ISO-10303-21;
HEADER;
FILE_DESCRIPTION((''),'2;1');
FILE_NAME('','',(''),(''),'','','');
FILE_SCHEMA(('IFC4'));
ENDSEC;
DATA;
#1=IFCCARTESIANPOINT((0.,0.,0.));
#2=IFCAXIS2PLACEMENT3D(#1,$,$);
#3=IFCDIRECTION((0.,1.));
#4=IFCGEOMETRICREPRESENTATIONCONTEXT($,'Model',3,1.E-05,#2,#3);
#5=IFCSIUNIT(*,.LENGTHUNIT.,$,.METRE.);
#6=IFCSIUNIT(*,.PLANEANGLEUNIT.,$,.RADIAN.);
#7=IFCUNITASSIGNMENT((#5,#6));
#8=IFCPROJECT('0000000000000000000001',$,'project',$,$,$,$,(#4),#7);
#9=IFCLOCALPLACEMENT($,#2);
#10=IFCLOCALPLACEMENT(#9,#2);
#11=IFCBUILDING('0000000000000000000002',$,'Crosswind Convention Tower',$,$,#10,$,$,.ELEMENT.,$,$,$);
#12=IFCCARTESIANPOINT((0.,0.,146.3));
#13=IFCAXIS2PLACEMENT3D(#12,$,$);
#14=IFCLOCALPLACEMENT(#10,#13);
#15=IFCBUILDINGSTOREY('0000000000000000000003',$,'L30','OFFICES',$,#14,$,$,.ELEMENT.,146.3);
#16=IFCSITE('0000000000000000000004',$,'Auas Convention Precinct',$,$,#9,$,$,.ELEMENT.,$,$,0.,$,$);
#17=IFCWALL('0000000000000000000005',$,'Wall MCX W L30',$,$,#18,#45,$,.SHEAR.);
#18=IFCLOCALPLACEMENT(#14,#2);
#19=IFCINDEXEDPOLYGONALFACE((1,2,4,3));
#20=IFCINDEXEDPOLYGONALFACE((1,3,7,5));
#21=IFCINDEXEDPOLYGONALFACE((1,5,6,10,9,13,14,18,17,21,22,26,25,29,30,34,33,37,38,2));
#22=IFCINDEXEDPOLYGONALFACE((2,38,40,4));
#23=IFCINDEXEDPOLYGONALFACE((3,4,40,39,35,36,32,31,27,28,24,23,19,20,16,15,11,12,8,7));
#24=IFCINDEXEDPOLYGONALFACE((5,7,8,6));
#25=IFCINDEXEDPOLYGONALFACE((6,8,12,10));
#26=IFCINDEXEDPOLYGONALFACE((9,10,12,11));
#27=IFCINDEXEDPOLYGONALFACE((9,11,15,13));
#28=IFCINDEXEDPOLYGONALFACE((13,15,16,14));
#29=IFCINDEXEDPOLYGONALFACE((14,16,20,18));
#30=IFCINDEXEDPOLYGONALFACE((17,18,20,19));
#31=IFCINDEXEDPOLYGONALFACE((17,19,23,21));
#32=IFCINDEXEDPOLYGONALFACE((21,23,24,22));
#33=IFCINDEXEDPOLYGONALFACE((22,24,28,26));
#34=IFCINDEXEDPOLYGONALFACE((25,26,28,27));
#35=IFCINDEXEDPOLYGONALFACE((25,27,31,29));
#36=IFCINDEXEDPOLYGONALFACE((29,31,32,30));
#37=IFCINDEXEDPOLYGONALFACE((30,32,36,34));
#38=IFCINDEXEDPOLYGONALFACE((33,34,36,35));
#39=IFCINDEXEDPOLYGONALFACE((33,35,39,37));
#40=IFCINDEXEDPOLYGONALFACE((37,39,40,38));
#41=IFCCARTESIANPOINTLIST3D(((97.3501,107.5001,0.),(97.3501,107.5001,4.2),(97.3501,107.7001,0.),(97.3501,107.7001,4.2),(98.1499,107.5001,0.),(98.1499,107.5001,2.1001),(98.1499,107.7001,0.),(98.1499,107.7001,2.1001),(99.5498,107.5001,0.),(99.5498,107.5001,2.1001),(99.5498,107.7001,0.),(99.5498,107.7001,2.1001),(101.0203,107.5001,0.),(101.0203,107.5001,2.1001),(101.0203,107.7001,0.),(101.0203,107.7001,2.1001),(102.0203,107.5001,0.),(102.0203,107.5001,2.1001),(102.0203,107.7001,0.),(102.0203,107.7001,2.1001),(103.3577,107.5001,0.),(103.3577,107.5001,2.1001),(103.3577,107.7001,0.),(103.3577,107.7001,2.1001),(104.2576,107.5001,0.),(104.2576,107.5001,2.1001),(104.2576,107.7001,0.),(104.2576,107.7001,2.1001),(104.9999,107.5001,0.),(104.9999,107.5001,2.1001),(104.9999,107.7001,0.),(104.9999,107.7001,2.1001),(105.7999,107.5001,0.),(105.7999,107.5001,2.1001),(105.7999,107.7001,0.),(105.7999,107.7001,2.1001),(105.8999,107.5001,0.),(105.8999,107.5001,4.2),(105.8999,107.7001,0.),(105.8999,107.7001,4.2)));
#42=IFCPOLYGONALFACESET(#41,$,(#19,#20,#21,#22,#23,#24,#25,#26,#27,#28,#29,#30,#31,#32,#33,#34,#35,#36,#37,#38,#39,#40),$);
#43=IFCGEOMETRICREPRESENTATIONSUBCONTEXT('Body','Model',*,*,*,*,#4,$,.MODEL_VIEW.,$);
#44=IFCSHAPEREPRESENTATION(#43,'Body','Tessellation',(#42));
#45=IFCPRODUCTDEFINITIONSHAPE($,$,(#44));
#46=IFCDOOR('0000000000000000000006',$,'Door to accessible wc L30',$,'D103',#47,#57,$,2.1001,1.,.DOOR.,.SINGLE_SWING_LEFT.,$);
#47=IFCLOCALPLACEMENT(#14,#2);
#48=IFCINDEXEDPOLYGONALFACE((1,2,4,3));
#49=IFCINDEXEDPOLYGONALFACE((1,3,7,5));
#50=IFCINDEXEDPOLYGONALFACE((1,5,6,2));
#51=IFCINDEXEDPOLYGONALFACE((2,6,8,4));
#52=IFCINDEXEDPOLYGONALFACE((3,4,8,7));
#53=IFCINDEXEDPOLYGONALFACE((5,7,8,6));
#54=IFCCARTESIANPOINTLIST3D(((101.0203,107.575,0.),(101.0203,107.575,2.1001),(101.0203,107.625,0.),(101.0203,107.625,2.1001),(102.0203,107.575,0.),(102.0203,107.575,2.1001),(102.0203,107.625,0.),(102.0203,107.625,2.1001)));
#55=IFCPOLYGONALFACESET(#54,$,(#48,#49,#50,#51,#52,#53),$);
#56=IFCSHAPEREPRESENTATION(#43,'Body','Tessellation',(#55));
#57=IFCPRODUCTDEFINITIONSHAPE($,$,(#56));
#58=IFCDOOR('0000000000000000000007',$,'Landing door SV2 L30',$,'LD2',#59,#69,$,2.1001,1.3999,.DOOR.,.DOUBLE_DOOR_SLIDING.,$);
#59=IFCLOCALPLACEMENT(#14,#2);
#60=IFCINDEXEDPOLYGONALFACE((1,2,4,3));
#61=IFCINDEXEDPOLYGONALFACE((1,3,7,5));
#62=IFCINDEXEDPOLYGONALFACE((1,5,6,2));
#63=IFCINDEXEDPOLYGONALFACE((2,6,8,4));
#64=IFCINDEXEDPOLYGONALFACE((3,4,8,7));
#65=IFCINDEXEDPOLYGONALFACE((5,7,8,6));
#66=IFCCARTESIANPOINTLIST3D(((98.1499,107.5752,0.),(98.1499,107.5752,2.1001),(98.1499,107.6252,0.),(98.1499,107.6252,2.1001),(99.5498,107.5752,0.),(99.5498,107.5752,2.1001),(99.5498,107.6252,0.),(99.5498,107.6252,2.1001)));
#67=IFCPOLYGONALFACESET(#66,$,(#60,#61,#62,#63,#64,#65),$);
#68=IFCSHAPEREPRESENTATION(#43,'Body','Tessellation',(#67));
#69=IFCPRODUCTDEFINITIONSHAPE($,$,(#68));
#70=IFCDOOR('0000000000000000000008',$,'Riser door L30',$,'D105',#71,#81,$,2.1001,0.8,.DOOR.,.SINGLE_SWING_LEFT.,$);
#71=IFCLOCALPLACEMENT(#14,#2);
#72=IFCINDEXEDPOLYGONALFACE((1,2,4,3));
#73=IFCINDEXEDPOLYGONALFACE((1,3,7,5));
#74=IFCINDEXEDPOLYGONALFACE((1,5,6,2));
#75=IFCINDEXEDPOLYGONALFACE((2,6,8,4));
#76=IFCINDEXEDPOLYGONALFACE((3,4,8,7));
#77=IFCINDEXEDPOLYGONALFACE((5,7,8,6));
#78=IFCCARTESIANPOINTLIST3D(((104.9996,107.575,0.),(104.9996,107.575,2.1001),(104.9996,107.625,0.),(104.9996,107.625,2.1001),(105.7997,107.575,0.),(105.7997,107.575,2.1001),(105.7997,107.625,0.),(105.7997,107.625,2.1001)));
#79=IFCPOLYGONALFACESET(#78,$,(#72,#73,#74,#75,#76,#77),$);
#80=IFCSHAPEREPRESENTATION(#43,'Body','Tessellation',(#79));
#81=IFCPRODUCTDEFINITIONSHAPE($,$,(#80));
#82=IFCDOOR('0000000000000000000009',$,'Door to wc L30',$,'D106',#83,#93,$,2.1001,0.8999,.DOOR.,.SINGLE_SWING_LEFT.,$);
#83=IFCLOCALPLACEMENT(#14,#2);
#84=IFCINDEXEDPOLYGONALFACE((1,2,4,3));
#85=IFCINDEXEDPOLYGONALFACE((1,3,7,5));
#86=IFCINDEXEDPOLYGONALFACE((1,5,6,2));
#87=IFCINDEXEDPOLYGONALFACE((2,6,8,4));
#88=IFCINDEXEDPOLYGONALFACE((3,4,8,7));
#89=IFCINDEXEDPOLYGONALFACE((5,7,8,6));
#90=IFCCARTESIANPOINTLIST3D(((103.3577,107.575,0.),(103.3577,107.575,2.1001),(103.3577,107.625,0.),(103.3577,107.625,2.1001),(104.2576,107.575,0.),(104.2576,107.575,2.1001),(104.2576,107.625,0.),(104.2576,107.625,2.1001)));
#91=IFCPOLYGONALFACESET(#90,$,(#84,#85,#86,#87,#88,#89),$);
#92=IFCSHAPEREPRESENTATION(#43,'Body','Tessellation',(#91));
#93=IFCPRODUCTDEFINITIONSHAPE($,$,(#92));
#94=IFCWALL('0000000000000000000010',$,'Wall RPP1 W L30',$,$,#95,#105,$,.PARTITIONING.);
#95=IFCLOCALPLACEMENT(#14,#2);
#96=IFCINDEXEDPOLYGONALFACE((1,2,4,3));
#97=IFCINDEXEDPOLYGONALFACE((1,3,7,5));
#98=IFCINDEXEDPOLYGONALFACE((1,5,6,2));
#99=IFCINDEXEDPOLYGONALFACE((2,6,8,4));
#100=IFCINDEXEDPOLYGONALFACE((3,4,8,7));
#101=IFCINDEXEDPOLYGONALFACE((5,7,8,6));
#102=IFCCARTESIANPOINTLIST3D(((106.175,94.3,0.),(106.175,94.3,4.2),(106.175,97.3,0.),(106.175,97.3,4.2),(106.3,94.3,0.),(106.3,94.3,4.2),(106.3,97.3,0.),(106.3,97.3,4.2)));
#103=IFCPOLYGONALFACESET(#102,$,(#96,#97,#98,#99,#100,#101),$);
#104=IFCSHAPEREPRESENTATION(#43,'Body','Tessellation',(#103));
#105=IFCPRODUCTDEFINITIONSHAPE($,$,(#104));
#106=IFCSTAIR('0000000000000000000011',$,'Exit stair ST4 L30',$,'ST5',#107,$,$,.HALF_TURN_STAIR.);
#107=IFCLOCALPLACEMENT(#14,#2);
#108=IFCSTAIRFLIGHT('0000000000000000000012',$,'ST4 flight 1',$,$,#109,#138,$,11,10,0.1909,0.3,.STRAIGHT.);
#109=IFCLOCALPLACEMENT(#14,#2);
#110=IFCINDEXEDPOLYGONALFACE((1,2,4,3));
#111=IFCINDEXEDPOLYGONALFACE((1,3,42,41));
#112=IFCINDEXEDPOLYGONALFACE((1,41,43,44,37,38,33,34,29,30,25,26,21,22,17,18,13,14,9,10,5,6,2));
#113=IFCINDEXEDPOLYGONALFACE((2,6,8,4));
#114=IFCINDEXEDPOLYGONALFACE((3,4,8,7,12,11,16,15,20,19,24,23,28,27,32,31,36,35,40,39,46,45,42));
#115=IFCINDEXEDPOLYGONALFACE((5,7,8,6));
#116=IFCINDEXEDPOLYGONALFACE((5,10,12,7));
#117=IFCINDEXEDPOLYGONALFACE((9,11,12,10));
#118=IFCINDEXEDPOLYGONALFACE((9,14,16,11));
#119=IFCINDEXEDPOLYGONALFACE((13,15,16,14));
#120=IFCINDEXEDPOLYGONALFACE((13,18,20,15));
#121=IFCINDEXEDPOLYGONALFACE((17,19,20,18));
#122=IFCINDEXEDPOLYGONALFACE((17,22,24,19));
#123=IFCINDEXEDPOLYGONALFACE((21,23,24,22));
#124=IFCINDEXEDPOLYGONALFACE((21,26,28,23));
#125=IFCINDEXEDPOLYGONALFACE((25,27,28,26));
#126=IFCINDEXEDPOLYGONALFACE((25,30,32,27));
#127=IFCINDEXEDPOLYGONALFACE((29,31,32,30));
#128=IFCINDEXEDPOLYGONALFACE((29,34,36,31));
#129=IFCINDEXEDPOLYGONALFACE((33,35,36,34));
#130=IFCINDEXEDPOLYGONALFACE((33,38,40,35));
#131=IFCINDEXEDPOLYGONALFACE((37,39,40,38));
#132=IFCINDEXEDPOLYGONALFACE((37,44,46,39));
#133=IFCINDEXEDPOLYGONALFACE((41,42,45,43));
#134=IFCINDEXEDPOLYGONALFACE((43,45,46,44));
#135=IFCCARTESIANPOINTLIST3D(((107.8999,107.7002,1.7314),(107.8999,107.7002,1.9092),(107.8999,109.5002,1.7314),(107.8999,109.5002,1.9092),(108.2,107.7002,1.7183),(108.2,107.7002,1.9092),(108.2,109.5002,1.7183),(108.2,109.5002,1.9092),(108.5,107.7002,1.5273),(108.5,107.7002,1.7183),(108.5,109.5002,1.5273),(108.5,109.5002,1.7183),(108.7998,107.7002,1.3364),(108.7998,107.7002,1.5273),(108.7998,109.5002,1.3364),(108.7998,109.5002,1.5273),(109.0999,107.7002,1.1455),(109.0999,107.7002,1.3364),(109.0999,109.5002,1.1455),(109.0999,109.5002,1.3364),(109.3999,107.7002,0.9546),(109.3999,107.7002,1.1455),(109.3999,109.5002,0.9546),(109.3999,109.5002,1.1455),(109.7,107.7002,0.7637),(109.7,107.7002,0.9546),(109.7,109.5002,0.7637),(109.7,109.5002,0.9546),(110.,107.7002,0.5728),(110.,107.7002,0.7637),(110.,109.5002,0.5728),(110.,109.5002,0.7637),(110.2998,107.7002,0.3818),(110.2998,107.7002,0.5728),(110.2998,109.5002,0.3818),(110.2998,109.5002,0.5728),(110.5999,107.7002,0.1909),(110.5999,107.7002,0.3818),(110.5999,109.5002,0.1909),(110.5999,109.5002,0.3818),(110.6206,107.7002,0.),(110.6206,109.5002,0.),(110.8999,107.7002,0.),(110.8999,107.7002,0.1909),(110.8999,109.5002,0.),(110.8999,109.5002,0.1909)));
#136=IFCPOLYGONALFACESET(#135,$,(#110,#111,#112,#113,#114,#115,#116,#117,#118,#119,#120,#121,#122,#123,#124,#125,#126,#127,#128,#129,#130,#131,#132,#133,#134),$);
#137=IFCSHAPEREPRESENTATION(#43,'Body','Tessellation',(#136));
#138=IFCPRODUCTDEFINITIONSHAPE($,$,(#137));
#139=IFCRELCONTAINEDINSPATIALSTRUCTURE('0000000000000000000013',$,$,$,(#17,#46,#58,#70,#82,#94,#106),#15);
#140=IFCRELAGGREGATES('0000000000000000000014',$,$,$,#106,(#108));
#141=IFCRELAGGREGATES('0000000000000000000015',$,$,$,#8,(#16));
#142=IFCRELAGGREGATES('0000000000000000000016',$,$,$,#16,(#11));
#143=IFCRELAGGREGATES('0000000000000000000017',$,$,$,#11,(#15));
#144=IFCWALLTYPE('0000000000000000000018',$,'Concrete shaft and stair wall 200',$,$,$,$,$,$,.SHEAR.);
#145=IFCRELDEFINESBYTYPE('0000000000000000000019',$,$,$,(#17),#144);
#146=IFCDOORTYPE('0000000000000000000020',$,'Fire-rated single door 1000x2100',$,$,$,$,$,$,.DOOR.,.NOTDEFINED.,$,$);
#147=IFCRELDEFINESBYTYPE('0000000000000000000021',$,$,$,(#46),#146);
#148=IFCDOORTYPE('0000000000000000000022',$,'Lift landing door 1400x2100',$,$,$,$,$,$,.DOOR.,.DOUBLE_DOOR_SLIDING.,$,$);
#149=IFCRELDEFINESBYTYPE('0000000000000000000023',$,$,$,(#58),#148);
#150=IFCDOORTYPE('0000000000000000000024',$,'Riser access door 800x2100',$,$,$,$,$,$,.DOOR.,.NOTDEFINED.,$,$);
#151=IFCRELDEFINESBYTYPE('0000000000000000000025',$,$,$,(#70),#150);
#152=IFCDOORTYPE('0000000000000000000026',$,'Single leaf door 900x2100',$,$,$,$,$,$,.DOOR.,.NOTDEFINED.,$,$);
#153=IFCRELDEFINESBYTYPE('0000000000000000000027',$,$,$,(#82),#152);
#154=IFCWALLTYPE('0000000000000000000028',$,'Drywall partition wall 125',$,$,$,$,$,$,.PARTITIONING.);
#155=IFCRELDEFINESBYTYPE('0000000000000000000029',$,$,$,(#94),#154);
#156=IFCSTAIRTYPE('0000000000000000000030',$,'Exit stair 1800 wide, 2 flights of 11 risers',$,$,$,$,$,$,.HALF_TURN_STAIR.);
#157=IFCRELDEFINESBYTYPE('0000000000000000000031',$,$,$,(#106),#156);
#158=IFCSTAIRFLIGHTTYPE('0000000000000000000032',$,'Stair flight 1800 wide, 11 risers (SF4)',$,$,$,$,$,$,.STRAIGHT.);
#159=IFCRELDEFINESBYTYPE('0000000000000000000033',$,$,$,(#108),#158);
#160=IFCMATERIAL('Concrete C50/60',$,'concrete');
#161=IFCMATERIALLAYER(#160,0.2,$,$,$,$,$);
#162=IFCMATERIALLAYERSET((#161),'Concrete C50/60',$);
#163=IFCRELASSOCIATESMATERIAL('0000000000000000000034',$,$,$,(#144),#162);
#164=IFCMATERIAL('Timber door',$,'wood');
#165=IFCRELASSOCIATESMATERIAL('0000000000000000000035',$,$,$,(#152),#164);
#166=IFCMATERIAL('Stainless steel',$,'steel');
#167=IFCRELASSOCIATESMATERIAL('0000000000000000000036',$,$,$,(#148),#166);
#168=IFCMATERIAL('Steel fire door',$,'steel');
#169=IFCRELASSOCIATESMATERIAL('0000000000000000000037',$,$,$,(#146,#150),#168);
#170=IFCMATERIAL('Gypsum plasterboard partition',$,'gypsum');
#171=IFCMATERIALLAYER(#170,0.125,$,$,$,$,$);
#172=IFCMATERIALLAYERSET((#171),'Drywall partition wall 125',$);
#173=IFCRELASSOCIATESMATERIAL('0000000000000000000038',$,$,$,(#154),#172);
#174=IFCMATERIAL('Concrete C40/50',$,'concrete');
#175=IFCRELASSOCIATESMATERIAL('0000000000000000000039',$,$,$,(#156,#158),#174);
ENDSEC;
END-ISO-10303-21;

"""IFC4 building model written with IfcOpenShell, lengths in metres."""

from ifc_helpers import new_model, si_unit, direction, frame, frame_2d, origin, place, context, subcontext, project, spatial, polyline, rectangle, outline, extrude, material, layer, layer_set, type_object, element, fill, aggregate, save


model = new_model("IFC4")

# Units and contexts
model_context = context("Model", 3, precision=1e-05, world=origin(), true_north=direction((0.0, 1.0)))
body_context = subcontext(model_context, "Body", "Model", "MODEL_VIEW")
ifc_project = project(units=[si_unit("LENGTHUNIT", "METRE"), si_unit("PLANEANGLEUNIT", "RADIAN")], contexts=[model_context])

# Site, building, storey
site_placement = place(None, origin())
site = spatial("IfcSite", under=ifc_project, at=site_placement, Name="Auas Convention Precinct", CompositionType="ELEMENT", RefElevation=0.0)
building_placement = place(site_placement, origin())
building = spatial("IfcBuilding", under=site, at=building_placement, Name="Crosswind Convention Tower", CompositionType="ELEMENT")
storey_placement = place(building_placement, frame((0.0, 0.0, 146.3)))
storey = spatial("IfcBuildingStorey", under=building, at=storey_placement, Name="L30", Description="OFFICES", CompositionType="ELEMENT", Elevation=146.3)

# Shared definitions
ifc_material_1 = material(Name="Concrete C50/60", Category="concrete")
ifc_layer_1 = layer(ifc_material_1, 0.2)
ifc_layer_set_1 = layer_set([ifc_layer_1], Name="Concrete C50/60")
wall_type_1 = type_object("IfcWallType", Name="Concrete shaft and stair wall 200", PredefinedType="SHEAR", material=ifc_layer_set_1)

# Shared definitions
ifc_material_2 = material(Name="Timber door", Category="wood")
door_type_1 = type_object("IfcDoorType", Name="Single leaf door 900x2100", OperationType="NOTDEFINED", PredefinedType="DOOR", material=ifc_material_2)

# Wall, openings, doors
ifc_material_3 = material(Name="Stainless steel", Category="steel")
door_type_2 = type_object("IfcDoorType", Name="Lift landing door 1400x2100", OperationType="DOUBLE_DOOR_SLIDING", PredefinedType="DOOR", material=ifc_material_3)
wall_1_placement = place(storey_placement, frame((105.8999, 107.6001, 0.0), z_axis=(0.0, 0.0, 1.0), x_axis=(-1.0, 0.0, 0.0)))
wall_1 = element("IfcWall", 1, at=wall_1_placement, inside=storey, type_object=wall_type_1, Name="Wall MCX W L30", PredefinedType="SHEAR", context=body_context, shape_type="SweptSolid", body=[
    extrude(rectangle(XDim=8.5498, YDim=0.2, at=frame_2d((4.2749, 0.0))), origin(), (0.0, 0.0, 1.0), 4.2),
])
opening_1_placement = place(wall_1_placement, frame((0.1001, 0.0, 0.0)))
opening_1 = element("IfcOpeningElement", 2, at=opening_1_placement, cuts=wall_1, PredefinedType="OPENING", context=body_context, shape_type="SweptSolid", body=[
    extrude(rectangle(XDim=0.8, YDim=2.1001, at=frame_2d((0.3999, 1.05))), frame((0.0, 0.1099, 0.0), z_axis=(0.0, -1.0, 0.0), x_axis=(1.0, 0.0, 0.0)), (0.0, 0.0, 1.0), 0.22),
])
opening_2_placement = place(wall_1_placement, frame((1.6423, 0.0, 0.0)))
opening_2 = element("IfcOpeningElement", 3, at=opening_2_placement, cuts=wall_1, PredefinedType="OPENING", context=body_context, shape_type="SweptSolid", body=[
    extrude(rectangle(XDim=0.8999, YDim=2.1001, at=frame_2d((0.45, 1.05))), frame((0.0, 0.1099, 0.0), z_axis=(0.0, -1.0, 0.0), x_axis=(1.0, 0.0, 0.0)), (0.0, 0.0, 1.0), 0.22),
])
opening_3_placement = place(wall_1_placement, frame((3.8796, 0.0, 0.0)))
opening_3 = element("IfcOpeningElement", 4, at=opening_3_placement, cuts=wall_1, PredefinedType="OPENING", context=body_context, shape_type="SweptSolid", body=[
    extrude(rectangle(XDim=1.0, YDim=2.1001, at=frame_2d((0.5, 1.05))), frame((0.0, 0.1099, 0.0), z_axis=(0.0, -1.0, 0.0), x_axis=(1.0, 0.0, 0.0)), (0.0, 0.0, 1.0), 0.22),
])
opening_4_placement = place(wall_1_placement, frame((6.3501, 0.0, 0.0)))
opening_4 = element("IfcOpeningElement", 5, at=opening_4_placement, cuts=wall_1, PredefinedType="OPENING", context=body_context, shape_type="SweptSolid", body=[
    extrude(rectangle(XDim=1.3999, YDim=2.1001, at=frame_2d((0.7, 1.05))), frame((0.0, 0.1099, 0.0), z_axis=(0.0, -1.0, 0.0), x_axis=(1.0, 0.0, 0.0)), (0.0, 0.0, 1.0), 0.22),
])
ifc_material_4 = material(Name="Steel fire door", Category="steel")
door_type_3 = type_object("IfcDoorType", Name="Fire-rated single door 1000x2100", OperationType="NOTDEFINED", PredefinedType="DOOR", material=ifc_material_4)
door_1_placement = place(opening_3_placement, frame((1.0, 0.0, 0.0), z_axis=(0.0, 0.0, 1.0), x_axis=(-1.0, 0.0, 0.0)))
door_1 = element("IfcDoor", 6, at=door_1_placement, inside=storey, type_object=door_type_3, Name="Door to accessible wc L30", ObjectType="D103", OperationType="SINGLE_SWING_LEFT", OverallHeight=2.1001, OverallWidth=1.0, PredefinedType="DOOR", context=body_context, shape_type="SweptSolid", body=[
    extrude(rectangle(XDim=1.0, YDim=2.1001, at=frame_2d((0.5, 1.05))), frame((0.0, 0.0249, 0.0), z_axis=(0.0, -1.0, 0.0), x_axis=(1.0, 0.0, 0.0)), (0.0, 0.0, 1.0), 0.05),
])
fill(opening_3, door_1)
door_2_placement = place(opening_4_placement, origin())
door_2 = element("IfcDoor", 7, at=door_2_placement, inside=storey, type_object=door_type_2, Name="Landing door SV2 L30", ObjectType="LD2", OperationType="DOUBLE_DOOR_SLIDING", OverallHeight=2.1001, OverallWidth=1.3999, PredefinedType="DOOR", context=body_context, shape_type="SweptSolid", body=[
    extrude(rectangle(XDim=1.3999, YDim=2.1001, at=frame_2d((0.7, 1.05))), frame((0.0, 0.0249, 0.0), z_axis=(0.0, -1.0, 0.0), x_axis=(1.0, 0.0, 0.0)), (0.0, 0.0, 1.0), 0.05),
])
fill(opening_4, door_2)
door_type_4 = type_object("IfcDoorType", Name="Riser access door 800x2100", OperationType="NOTDEFINED", PredefinedType="DOOR", material=ifc_material_4)
door_3_placement = place(opening_1_placement, frame((0.8, 0.0, 0.0), z_axis=(0.0, 0.0, 1.0), x_axis=(-1.0, 0.0, 0.0)))
door_3 = element("IfcDoor", 8, at=door_3_placement, inside=storey, type_object=door_type_4, Name="Riser door L30", ObjectType="D105", OperationType="SINGLE_SWING_LEFT", OverallHeight=2.1001, OverallWidth=0.8, PredefinedType="DOOR", context=body_context, shape_type="SweptSolid", body=[
    extrude(rectangle(XDim=0.8, YDim=2.1001, at=frame_2d((0.3999, 1.05))), frame((0.0, 0.0249, 0.0), z_axis=(0.0, -1.0, 0.0), x_axis=(1.0, 0.0, 0.0)), (0.0, 0.0, 1.0), 0.05),
])
fill(opening_1, door_3)
door_4_placement = place(opening_2_placement, frame((0.8999, 0.0, 0.0), z_axis=(0.0, 0.0, 1.0), x_axis=(-1.0, 0.0, 0.0)))
door_4 = element("IfcDoor", 9, at=door_4_placement, inside=storey, type_object=door_type_1, Name="Door to wc L30", ObjectType="D106", OperationType="SINGLE_SWING_LEFT", OverallHeight=2.1001, OverallWidth=0.8999, PredefinedType="DOOR", context=body_context, shape_type="SweptSolid", body=[
    extrude(rectangle(XDim=0.8999, YDim=2.1001, at=frame_2d((0.45, 1.05))), frame((0.0, 0.0249, 0.0), z_axis=(0.0, -1.0, 0.0), x_axis=(1.0, 0.0, 0.0)), (0.0, 0.0, 1.0), 0.05),
])
fill(opening_2, door_4)

# Wall
ifc_material_5 = material(Name="Gypsum plasterboard partition", Category="gypsum")
ifc_layer_2 = layer(ifc_material_5, 0.125)
ifc_layer_set_2 = layer_set([ifc_layer_2], Name="Drywall partition wall 125")
wall_type_2 = type_object("IfcWallType", Name="Drywall partition wall 125", PredefinedType="PARTITIONING", material=ifc_layer_set_2)
wall_2_placement = place(storey_placement, frame((106.2375, 97.3, 0.0), z_axis=(0.0, 0.0, 1.0), x_axis=(0.0, -1.0, 0.0)))
element("IfcWall", 10, at=wall_2_placement, inside=storey, type_object=wall_type_2, Name="Wall RPP1 W L30", PredefinedType="PARTITIONING", context=body_context, shape_type="SweptSolid", body=[
    extrude(rectangle(XDim=3.0, YDim=0.125, at=frame_2d((1.5, 0.0))), origin(), (0.0, 0.0, 1.0), 4.2),
])

# Stair, stair flight
ifc_material_6 = material(Name="Concrete C40/50", Category="concrete")
stair_type = type_object("IfcStairType", Name="Exit stair 1800 wide, 2 flights of 11 risers", PredefinedType="HALF_TURN_STAIR", material=ifc_material_6)
stair_placement = place(storey_placement, origin())
stair = element("IfcStair", 11, at=stair_placement, inside=storey, type_object=stair_type, Name="Exit stair ST4 L30", ObjectType="ST5", PredefinedType="HALF_TURN_STAIR")
stair_flight_type = type_object("IfcStairFlightType", Name="Stair flight 1800 wide, 11 risers (SF4)", PredefinedType="STRAIGHT", material=ifc_material_6)
stair_flight_1_placement = place(storey_placement, frame((110.8999, 108.6001, 0.0), z_axis=(0.0, 0.0, 1.0), x_axis=(-1.0, 0.0, 0.0)))
stair_flight_1 = element("IfcStairFlight", 12, at=stair_flight_1_placement, type_object=stair_flight_type, Name="ST4 flight 1", NumberOfRisers=11, NumberOfTreads=10, PredefinedType="STRAIGHT", RiserHeight=0.1909, TreadLength=0.3, context=body_context, shape_type="SweptSolid", body=[
    extrude(outline(polyline([(0.0, 0.0), (0.0, 0.1909), (0.3, 0.1909), (0.3, 0.3818), (0.6001, 0.3818), (0.6001, 0.5728), (0.8999, 0.5728), (0.8999, 0.7637), (1.2, 0.7637), (1.2, 0.9546), (1.5, 0.9546), (1.5, 1.1455), (1.8, 1.1455), (1.8, 1.3364), (2.1001, 1.3364), (2.1001, 1.5273), (2.3999, 1.5273), (2.3999, 1.7183), (2.7, 1.7183), (2.7, 1.9092), (3.0, 1.9092), (3.0, 2.1001), (3.0, 1.7314), (0.2793, 0.0), (0.0, 0.0)])), frame((0.0, 0.8999, 0.0), z_axis=(0.0, -1.0, 0.0), x_axis=(1.0, 0.0, 0.0)), (0.0, 0.0, 1.0), 1.8),
])
aggregate(stair, [stair_flight_1])

save(model, "model.ifc")
